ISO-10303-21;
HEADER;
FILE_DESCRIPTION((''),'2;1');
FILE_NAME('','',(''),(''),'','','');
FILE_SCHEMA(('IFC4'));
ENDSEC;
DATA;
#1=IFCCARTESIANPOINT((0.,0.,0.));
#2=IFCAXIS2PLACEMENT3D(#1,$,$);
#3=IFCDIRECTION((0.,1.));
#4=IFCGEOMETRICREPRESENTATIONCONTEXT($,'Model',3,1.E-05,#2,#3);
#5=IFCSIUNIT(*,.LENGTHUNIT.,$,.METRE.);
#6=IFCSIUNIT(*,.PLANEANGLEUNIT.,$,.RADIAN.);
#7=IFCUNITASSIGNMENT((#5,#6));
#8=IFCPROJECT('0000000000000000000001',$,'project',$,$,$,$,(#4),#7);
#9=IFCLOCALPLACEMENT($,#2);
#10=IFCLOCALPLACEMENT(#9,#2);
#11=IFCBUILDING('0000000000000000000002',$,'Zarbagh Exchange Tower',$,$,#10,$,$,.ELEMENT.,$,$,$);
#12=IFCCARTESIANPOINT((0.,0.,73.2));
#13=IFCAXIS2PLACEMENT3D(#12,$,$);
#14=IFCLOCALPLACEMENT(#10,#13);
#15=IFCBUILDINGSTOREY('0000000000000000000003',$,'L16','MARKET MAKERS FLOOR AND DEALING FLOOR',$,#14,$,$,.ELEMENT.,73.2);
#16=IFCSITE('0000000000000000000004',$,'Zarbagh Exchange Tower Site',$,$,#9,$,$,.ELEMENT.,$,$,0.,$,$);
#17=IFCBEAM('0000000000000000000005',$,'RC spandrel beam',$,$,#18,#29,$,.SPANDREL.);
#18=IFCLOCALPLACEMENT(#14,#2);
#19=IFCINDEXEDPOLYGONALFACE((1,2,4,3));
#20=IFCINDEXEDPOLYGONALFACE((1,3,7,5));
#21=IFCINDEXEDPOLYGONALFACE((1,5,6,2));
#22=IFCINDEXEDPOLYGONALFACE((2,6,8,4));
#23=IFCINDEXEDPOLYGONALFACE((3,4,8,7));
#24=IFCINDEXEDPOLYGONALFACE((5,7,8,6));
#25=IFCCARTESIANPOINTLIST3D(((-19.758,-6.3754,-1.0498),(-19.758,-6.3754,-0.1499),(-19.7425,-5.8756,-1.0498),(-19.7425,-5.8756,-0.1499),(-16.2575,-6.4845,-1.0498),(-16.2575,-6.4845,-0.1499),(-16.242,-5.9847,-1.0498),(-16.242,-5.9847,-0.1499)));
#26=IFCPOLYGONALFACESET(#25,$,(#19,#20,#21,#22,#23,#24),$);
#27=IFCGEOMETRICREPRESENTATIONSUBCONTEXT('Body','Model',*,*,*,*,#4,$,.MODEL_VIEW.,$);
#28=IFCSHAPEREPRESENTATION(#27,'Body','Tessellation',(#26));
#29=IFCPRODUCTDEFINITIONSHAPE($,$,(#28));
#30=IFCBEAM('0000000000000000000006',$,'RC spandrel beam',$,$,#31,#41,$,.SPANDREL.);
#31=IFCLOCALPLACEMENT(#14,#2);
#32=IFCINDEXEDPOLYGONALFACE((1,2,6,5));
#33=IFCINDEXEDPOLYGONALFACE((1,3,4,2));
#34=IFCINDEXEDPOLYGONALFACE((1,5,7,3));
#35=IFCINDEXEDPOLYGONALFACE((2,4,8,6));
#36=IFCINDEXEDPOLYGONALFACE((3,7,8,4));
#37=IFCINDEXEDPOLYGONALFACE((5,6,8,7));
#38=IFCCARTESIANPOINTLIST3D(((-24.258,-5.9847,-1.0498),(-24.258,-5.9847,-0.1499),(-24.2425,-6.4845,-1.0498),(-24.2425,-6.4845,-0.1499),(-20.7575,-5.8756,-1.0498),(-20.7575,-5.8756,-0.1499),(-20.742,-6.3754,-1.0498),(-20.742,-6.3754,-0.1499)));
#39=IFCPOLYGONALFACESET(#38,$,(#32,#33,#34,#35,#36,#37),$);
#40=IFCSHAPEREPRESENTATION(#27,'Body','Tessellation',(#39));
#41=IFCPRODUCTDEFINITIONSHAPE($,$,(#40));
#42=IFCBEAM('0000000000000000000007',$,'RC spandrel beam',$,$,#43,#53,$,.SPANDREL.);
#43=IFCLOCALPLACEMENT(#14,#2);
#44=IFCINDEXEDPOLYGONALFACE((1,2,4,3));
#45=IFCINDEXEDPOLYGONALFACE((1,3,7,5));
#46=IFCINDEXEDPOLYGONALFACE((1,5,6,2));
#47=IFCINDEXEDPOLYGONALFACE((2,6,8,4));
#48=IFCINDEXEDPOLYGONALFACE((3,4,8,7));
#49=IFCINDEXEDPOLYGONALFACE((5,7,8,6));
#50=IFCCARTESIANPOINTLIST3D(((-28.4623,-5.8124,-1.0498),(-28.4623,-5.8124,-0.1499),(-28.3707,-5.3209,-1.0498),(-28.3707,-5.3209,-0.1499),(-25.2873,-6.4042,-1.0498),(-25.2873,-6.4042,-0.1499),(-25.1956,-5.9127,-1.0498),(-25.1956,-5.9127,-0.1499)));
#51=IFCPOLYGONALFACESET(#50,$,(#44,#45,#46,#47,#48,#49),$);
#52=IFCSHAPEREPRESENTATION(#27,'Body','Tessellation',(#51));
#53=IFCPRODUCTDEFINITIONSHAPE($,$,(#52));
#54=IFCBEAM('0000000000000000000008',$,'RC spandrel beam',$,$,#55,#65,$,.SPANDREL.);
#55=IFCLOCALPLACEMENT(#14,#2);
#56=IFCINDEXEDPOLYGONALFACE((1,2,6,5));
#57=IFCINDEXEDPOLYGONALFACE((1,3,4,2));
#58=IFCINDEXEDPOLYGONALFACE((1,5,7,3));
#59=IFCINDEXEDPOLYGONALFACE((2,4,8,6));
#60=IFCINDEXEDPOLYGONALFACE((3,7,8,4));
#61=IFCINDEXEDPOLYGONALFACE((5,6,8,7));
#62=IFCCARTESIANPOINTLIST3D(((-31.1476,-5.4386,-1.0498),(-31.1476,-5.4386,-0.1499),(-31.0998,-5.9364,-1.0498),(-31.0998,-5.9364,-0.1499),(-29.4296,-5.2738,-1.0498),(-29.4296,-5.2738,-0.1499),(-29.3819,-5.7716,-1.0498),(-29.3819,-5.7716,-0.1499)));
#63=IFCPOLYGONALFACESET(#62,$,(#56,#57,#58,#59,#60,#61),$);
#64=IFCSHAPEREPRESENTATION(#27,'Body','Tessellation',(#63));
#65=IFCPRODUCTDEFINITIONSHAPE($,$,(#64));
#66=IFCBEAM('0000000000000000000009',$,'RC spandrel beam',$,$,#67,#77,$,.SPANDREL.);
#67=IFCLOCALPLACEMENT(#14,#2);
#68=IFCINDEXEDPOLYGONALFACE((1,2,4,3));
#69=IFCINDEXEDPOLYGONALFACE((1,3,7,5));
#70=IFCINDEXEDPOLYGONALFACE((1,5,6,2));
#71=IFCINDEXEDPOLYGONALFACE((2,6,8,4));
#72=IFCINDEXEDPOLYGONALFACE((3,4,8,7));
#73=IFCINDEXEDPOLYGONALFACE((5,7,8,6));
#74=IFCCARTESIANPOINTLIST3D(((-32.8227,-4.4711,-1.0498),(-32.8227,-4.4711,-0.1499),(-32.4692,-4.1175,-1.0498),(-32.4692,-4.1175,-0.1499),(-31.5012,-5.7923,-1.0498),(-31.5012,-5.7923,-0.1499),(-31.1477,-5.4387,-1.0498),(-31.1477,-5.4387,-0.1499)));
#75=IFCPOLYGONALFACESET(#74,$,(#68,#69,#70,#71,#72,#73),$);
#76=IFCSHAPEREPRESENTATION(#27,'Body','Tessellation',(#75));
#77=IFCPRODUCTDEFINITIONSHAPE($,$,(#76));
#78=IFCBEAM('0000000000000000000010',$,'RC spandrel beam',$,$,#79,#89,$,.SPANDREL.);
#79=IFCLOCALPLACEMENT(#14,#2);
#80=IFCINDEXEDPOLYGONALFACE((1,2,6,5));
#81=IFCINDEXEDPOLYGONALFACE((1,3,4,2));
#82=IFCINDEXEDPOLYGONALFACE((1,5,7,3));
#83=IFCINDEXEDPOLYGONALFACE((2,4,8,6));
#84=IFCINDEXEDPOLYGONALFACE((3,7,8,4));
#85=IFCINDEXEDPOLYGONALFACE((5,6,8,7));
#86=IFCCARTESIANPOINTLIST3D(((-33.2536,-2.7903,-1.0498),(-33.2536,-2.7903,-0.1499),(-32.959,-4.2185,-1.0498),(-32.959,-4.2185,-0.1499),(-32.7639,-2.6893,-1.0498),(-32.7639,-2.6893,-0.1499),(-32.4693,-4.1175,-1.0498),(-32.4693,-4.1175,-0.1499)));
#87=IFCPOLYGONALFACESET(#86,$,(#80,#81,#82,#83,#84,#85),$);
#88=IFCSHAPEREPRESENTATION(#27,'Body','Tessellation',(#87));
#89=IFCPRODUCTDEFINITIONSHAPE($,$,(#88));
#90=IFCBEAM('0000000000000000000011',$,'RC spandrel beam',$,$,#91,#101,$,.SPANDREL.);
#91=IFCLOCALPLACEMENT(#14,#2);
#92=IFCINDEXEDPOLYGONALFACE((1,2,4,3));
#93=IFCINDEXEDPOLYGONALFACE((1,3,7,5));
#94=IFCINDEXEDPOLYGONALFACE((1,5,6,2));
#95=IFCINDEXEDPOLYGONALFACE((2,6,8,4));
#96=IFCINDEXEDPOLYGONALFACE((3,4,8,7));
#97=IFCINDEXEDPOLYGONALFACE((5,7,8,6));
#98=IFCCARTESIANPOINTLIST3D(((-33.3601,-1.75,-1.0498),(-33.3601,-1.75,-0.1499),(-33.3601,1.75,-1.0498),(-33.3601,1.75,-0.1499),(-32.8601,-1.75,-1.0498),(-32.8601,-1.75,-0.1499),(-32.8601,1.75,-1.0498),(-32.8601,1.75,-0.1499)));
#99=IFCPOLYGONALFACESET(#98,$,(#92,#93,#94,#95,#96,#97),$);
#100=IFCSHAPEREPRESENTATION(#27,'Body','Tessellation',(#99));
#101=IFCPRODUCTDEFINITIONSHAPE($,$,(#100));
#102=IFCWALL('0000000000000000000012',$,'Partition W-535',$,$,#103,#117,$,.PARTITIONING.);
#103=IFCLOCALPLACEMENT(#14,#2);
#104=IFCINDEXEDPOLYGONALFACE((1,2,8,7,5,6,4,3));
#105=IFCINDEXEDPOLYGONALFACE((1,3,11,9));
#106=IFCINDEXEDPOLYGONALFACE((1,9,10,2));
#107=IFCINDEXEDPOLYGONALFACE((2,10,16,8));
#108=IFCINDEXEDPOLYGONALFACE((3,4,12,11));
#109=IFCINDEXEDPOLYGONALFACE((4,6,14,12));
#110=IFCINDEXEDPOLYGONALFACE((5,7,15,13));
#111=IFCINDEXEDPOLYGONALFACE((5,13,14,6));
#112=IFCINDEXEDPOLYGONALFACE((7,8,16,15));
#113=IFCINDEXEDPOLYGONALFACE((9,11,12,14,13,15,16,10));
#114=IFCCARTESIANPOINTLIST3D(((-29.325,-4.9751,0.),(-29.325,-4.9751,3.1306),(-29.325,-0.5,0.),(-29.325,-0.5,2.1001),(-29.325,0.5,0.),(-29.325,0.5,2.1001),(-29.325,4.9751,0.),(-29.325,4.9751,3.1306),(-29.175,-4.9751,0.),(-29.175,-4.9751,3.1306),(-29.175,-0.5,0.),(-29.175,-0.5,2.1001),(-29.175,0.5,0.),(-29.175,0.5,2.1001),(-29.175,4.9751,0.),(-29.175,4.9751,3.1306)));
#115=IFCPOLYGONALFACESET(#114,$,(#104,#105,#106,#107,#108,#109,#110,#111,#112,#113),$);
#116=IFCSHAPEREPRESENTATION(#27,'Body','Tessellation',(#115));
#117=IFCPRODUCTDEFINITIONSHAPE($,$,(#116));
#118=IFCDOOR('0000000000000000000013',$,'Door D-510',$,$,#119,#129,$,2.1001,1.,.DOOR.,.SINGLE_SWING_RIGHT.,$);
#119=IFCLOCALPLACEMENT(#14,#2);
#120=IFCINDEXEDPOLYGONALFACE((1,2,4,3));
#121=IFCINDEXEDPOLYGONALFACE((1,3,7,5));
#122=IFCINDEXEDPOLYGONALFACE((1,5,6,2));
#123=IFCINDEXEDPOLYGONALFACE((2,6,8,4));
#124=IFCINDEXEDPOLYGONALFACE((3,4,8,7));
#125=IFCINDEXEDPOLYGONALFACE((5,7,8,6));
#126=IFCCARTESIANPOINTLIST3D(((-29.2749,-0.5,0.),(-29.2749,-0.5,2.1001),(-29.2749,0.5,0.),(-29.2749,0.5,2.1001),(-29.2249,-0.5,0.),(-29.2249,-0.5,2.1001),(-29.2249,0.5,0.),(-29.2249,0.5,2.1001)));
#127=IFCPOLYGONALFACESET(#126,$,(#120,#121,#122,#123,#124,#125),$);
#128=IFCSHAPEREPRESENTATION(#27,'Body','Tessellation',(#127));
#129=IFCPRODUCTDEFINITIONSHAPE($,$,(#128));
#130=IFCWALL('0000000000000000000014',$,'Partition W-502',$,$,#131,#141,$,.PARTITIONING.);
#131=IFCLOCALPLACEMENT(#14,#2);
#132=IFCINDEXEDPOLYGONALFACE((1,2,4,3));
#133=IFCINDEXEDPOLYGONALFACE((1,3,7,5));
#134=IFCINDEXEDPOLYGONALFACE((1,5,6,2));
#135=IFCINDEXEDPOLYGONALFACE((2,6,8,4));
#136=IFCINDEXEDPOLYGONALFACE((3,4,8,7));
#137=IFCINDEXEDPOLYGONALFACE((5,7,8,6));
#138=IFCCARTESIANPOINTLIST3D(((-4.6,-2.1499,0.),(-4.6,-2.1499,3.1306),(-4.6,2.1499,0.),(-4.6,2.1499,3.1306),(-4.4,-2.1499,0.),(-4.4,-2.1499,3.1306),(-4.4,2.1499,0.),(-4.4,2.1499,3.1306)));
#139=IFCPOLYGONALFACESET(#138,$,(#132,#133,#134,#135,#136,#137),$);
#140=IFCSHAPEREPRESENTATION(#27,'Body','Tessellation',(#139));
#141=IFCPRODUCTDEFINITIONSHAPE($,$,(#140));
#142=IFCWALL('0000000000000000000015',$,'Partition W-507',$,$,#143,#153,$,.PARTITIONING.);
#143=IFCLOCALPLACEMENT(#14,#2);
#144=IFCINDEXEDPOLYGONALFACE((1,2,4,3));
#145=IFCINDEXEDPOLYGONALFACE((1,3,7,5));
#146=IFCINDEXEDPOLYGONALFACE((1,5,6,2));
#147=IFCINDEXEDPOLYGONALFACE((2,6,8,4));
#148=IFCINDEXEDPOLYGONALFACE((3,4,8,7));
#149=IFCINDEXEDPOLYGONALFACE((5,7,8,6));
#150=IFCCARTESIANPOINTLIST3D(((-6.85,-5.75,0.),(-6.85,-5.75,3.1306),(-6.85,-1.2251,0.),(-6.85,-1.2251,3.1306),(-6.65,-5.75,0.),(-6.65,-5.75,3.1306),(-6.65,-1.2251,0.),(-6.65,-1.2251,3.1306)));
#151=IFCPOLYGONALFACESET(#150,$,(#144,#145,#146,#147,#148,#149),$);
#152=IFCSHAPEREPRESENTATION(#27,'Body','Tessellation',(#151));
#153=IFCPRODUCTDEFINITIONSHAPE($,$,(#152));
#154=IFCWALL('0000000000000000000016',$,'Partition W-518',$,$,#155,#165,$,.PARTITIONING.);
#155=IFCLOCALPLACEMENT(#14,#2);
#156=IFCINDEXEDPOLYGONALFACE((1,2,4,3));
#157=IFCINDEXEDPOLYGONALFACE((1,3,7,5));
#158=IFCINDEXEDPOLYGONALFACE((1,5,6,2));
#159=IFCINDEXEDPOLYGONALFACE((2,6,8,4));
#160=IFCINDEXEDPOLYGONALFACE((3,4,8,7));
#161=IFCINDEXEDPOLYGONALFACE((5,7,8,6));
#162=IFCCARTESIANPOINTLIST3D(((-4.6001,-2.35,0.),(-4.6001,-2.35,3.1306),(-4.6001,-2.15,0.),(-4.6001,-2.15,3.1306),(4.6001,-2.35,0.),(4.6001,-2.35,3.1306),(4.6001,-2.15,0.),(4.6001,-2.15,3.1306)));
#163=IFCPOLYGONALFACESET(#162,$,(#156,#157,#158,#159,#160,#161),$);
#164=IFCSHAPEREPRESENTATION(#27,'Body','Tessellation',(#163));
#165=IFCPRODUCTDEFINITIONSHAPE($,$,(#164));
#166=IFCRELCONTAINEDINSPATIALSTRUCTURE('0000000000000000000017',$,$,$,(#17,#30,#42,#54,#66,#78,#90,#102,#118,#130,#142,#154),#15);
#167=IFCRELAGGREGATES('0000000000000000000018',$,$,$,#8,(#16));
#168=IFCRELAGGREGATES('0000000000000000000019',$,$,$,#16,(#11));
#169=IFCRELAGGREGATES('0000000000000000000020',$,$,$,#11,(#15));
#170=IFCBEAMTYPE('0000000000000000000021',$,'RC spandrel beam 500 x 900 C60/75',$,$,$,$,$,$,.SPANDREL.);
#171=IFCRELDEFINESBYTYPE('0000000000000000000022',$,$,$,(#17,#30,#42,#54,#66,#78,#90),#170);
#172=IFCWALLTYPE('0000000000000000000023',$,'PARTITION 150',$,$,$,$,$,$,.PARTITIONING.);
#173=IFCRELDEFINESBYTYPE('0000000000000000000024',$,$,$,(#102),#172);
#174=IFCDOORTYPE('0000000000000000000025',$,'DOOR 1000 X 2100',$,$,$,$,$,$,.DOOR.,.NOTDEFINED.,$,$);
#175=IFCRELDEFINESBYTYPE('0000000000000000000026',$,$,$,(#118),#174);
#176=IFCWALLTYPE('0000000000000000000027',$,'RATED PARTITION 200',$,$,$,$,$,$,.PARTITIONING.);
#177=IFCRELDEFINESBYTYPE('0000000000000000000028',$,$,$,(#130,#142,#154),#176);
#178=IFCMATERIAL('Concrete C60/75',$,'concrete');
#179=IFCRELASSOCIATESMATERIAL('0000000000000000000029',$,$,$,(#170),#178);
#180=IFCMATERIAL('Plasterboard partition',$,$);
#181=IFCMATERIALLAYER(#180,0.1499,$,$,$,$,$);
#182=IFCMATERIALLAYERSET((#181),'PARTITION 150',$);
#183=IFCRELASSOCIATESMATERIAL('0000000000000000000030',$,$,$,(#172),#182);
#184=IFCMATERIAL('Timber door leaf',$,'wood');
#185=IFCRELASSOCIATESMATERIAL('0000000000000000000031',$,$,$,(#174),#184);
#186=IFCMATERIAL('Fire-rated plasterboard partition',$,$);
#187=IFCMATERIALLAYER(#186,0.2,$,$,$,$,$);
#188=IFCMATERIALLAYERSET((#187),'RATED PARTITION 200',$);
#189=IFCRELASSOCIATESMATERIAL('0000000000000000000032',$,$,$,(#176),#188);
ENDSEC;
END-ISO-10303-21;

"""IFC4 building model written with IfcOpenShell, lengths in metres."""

from ifc_helpers import new_model, si_unit, direction, frame, frame_2d, origin, origin_2d, place, context, subcontext, project, spatial, rectangle, extrude, material, layer, layer_set, material_profile, profile_set, type_object, element, fill, save


model = new_model("IFC4")

# Units and contexts
model_context = context("Model", 3, precision=1e-05, world=origin(), true_north=direction((0.0, 1.0)))
body_context = subcontext(model_context, "Body", "Model", "MODEL_VIEW")
ifc_project = project(units=[si_unit("LENGTHUNIT", "METRE"), si_unit("PLANEANGLEUNIT", "RADIAN")], contexts=[model_context])

# Site, building, storey
site_placement = place(None, origin())
site = spatial("IfcSite", under=ifc_project, at=site_placement, Name="Zarbagh Exchange Tower Site", CompositionType="ELEMENT", RefElevation=0.0)
building_placement = place(site_placement, origin())
building = spatial("IfcBuilding", under=site, at=building_placement, Name="Zarbagh Exchange Tower", CompositionType="ELEMENT")
storey_placement = place(building_placement, frame((0.0, 0.0, 73.2)))
storey = spatial("IfcBuildingStorey", under=building, at=storey_placement, Name="L16", Description="MARKET MAKERS FLOOR AND DEALING FLOOR", CompositionType="ELEMENT", Elevation=73.2)

# Shared definitions
ifc_material_1 = material(Name="Concrete C60/75", Category="concrete")

# Beams
ifc_material_profile_1 = material_profile(ifc_material_1, rectangle(XDim=0.5, YDim=0.8999, at=origin_2d()), Name="RC spandrel beam 500 x 900 C60/75")
ifc_profile_set_1 = profile_set([ifc_material_profile_1], Name="Concrete C60/75")
beam_type_1 = type_object("IfcBeamType", Name="RC spandrel beam 500 x 900 C60/75", PredefinedType="SPANDREL", material=ifc_profile_set_1)
for number, where, z_axis, x_axis, name in (
    (1, (-16.2498, -6.2346, -0.5999), (-0.999514, 0.031161, 0.0), (-0.031161, -0.999514, 0.0), "RC spandrel beam"),
    (2, (-20.7498, -6.1255, -0.5999), (-0.999514, -0.031161, 0.0), (0.031161, -0.999514, 0.0), "RC spandrel beam"),
):
    element("IfcBeam", number, at=place(storey_placement, frame(where, z_axis=z_axis, x_axis=x_axis)), inside=storey, type_object=beam_type_1, Name=name, PredefinedType="SPANDREL", context=body_context, shape_type="SweptSolid", body=[
        extrude(rectangle(XDim=0.5, YDim=0.8999, at=origin_2d()), origin(), (0.0, 0.0, 1.0), 3.5022),
    ])
beam_1_placement = place(storey_placement, frame((-25.2415, -6.1584, -0.5999), z_axis=(-0.983069, 0.183234, 0.0), x_axis=(-0.183234, -0.983069, 0.0)))
element("IfcBeam", 3, at=beam_1_placement, inside=storey, type_object=beam_type_1, Name="RC spandrel beam", PredefinedType="SPANDREL", context=body_context, shape_type="SweptSolid", body=[
    extrude(rectangle(XDim=0.5, YDim=0.8999, at=origin_2d()), origin(), (0.0, 0.0, 1.0), 3.2297),
])
beam_2_placement = place(storey_placement, frame((-29.4058, -5.5227, -0.5999), z_axis=(-0.995431, -0.095483, 0.0), x_axis=(0.095483, -0.995431, 0.0)))
element("IfcBeam", 4, at=beam_2_placement, inside=storey, type_object=beam_type_1, Name="RC spandrel beam", PredefinedType="SPANDREL", context=body_context, shape_type="SweptSolid", body=[
    extrude(rectangle(XDim=0.5, YDim=0.8999, at=origin_2d()), origin(), (0.0, 0.0, 1.0), 1.7258),
])
beam_3_placement = place(storey_placement, frame((-31.3245, -5.6155, -0.5999), z_axis=(-0.707172, 0.707041, 0.0), x_axis=(-0.707041, -0.707172, 0.0)))
element("IfcBeam", 5, at=beam_3_placement, inside=storey, type_object=beam_type_1, Name="RC spandrel beam", PredefinedType="SPANDREL", context=body_context, shape_type="SweptSolid", body=[
    extrude(rectangle(XDim=0.5, YDim=0.8999, at=origin_2d()), origin(), (0.0, 0.0, 1.0), 1.8687),
])
beam_4_placement = place(storey_placement, frame((-32.7141, -4.168, -0.5999), z_axis=(-0.202069, 0.979371, 0.0), x_axis=(-0.979371, -0.202069, 0.0)))
element("IfcBeam", 6, at=beam_4_placement, inside=storey, type_object=beam_type_1, Name="RC spandrel beam", PredefinedType="SPANDREL", context=body_context, shape_type="SweptSolid", body=[
    extrude(rectangle(XDim=0.5, YDim=0.8999, at=origin_2d()), origin(), (0.0, 0.0, 1.0), 1.4583),
])
beam_5_placement = place(storey_placement, frame((-33.1101, -1.75, -0.5999), z_axis=(0.0, 1.0, 0.0), x_axis=(-1.0, 0.0, 0.0)))
element("IfcBeam", 7, at=beam_5_placement, inside=storey, type_object=beam_type_1, Name="RC spandrel beam", PredefinedType="SPANDREL", context=body_context, shape_type="SweptSolid", body=[
    extrude(rectangle(XDim=0.5, YDim=0.8999, at=origin_2d()), origin(), (0.0, 0.0, 1.0), 3.5),
])

# Wall, opening, door
ifc_material_2 = material(Name="Plasterboard partition")
ifc_layer_1 = layer(ifc_material_2, 0.1499)
ifc_layer_set_1 = layer_set([ifc_layer_1], Name="PARTITION 150")
wall_type_1 = type_object("IfcWallType", Name="PARTITION 150", PredefinedType="PARTITIONING", material=ifc_layer_set_1)
wall_1_placement = place(storey_placement, frame((-29.25, -4.9751, 0.0), z_axis=(0.0, 0.0, 1.0), x_axis=(0.0, 1.0, 0.0)))
wall_1 = element("IfcWall", 8, at=wall_1_placement, inside=storey, type_object=wall_type_1, Name="Partition W-535", PredefinedType="PARTITIONING", context=body_context, shape_type="SweptSolid", body=[
    extrude(rectangle(XDim=9.9502, YDim=0.1499, at=frame_2d((4.9751, 0.0))), origin(), (0.0, 0.0, 1.0), 3.1306),
])
opening_1_placement = place(wall_1_placement, frame((4.4751, 0.0, 0.0)))
opening_1 = element("IfcOpeningElement", 9, at=opening_1_placement, cuts=wall_1, PredefinedType="OPENING", context=body_context, shape_type="SweptSolid", body=[
    extrude(rectangle(XDim=1.0, YDim=2.1001, at=frame_2d((0.5, 1.05))), frame((0.0, 0.085, 0.0), z_axis=(0.0, -1.0, 0.0), x_axis=(1.0, 0.0, 0.0)), (0.0, 0.0, 1.0), 0.1699),
])
ifc_material_3 = material(Name="Timber door leaf", Category="wood")
door_type_1 = type_object("IfcDoorType", Name="DOOR 1000 X 2100", OperationType="NOTDEFINED", PredefinedType="DOOR", material=ifc_material_3)
door_1_placement = place(opening_1_placement, origin())
door_1 = element("IfcDoor", 10, at=door_1_placement, inside=storey, type_object=door_type_1, Name="Door D-510", OperationType="SINGLE_SWING_RIGHT", OverallHeight=2.1001, OverallWidth=1.0, PredefinedType="DOOR", context=body_context, shape_type="SweptSolid", body=[
    extrude(rectangle(XDim=1.0, YDim=2.1001, at=frame_2d((0.5, 1.05))), frame((0.0, 0.0249, 0.0), z_axis=(0.0, -1.0, 0.0), x_axis=(1.0, 0.0, 0.0)), (0.0, 0.0, 1.0), 0.05),
])
fill(opening_1, door_1)

# Walls
ifc_material_4 = material(Name="Fire-rated plasterboard partition")
ifc_layer_2 = layer(ifc_material_4, 0.2)
ifc_layer_set_2 = layer_set([ifc_layer_2], Name="RATED PARTITION 200")
wall_type_2 = type_object("IfcWallType", Name="RATED PARTITION 200", PredefinedType="PARTITIONING", material=ifc_layer_set_2)
wall_2_placement = place(storey_placement, frame((-4.5, -2.1499, 0.0), z_axis=(0.0, 0.0, 1.0), x_axis=(0.0, 1.0, 0.0)))
element("IfcWall", 11, at=wall_2_placement, inside=storey, type_object=wall_type_2, Name="Partition W-502", PredefinedType="PARTITIONING", context=body_context, shape_type="SweptSolid", body=[
    extrude(rectangle(XDim=4.2998, YDim=0.2, at=frame_2d((2.1499, 0.0))), origin(), (0.0, 0.0, 1.0), 3.1306),
])
wall_3_placement = place(storey_placement, frame((-6.75, -5.75, 0.0), z_axis=(0.0, 0.0, 1.0), x_axis=(0.0, 1.0, 0.0)))
element("IfcWall", 12, at=wall_3_placement, inside=storey, type_object=wall_type_2, Name="Partition W-507", PredefinedType="PARTITIONING", context=body_context, shape_type="SweptSolid", body=[
    extrude(rectangle(XDim=4.5249, YDim=0.2, at=frame_2d((2.2625, 0.0))), origin(), (0.0, 0.0, 1.0), 3.1306),
])
wall_4_placement = place(storey_placement, frame((-4.6001, -2.25, 0.0), z_axis=(0.0, 0.0, 1.0), x_axis=(1.0, 0.0, 0.0)))
element("IfcWall", 13, at=wall_4_placement, inside=storey, type_object=wall_type_2, Name="Partition W-518", PredefinedType="PARTITIONING", context=body_context, shape_type="SweptSolid", body=[
    extrude(rectangle(XDim=9.2002, YDim=0.2, at=frame_2d((4.6001, 0.0))), origin(), (0.0, 0.0, 1.0), 3.1306),
])

save(model, "model.ifc")
